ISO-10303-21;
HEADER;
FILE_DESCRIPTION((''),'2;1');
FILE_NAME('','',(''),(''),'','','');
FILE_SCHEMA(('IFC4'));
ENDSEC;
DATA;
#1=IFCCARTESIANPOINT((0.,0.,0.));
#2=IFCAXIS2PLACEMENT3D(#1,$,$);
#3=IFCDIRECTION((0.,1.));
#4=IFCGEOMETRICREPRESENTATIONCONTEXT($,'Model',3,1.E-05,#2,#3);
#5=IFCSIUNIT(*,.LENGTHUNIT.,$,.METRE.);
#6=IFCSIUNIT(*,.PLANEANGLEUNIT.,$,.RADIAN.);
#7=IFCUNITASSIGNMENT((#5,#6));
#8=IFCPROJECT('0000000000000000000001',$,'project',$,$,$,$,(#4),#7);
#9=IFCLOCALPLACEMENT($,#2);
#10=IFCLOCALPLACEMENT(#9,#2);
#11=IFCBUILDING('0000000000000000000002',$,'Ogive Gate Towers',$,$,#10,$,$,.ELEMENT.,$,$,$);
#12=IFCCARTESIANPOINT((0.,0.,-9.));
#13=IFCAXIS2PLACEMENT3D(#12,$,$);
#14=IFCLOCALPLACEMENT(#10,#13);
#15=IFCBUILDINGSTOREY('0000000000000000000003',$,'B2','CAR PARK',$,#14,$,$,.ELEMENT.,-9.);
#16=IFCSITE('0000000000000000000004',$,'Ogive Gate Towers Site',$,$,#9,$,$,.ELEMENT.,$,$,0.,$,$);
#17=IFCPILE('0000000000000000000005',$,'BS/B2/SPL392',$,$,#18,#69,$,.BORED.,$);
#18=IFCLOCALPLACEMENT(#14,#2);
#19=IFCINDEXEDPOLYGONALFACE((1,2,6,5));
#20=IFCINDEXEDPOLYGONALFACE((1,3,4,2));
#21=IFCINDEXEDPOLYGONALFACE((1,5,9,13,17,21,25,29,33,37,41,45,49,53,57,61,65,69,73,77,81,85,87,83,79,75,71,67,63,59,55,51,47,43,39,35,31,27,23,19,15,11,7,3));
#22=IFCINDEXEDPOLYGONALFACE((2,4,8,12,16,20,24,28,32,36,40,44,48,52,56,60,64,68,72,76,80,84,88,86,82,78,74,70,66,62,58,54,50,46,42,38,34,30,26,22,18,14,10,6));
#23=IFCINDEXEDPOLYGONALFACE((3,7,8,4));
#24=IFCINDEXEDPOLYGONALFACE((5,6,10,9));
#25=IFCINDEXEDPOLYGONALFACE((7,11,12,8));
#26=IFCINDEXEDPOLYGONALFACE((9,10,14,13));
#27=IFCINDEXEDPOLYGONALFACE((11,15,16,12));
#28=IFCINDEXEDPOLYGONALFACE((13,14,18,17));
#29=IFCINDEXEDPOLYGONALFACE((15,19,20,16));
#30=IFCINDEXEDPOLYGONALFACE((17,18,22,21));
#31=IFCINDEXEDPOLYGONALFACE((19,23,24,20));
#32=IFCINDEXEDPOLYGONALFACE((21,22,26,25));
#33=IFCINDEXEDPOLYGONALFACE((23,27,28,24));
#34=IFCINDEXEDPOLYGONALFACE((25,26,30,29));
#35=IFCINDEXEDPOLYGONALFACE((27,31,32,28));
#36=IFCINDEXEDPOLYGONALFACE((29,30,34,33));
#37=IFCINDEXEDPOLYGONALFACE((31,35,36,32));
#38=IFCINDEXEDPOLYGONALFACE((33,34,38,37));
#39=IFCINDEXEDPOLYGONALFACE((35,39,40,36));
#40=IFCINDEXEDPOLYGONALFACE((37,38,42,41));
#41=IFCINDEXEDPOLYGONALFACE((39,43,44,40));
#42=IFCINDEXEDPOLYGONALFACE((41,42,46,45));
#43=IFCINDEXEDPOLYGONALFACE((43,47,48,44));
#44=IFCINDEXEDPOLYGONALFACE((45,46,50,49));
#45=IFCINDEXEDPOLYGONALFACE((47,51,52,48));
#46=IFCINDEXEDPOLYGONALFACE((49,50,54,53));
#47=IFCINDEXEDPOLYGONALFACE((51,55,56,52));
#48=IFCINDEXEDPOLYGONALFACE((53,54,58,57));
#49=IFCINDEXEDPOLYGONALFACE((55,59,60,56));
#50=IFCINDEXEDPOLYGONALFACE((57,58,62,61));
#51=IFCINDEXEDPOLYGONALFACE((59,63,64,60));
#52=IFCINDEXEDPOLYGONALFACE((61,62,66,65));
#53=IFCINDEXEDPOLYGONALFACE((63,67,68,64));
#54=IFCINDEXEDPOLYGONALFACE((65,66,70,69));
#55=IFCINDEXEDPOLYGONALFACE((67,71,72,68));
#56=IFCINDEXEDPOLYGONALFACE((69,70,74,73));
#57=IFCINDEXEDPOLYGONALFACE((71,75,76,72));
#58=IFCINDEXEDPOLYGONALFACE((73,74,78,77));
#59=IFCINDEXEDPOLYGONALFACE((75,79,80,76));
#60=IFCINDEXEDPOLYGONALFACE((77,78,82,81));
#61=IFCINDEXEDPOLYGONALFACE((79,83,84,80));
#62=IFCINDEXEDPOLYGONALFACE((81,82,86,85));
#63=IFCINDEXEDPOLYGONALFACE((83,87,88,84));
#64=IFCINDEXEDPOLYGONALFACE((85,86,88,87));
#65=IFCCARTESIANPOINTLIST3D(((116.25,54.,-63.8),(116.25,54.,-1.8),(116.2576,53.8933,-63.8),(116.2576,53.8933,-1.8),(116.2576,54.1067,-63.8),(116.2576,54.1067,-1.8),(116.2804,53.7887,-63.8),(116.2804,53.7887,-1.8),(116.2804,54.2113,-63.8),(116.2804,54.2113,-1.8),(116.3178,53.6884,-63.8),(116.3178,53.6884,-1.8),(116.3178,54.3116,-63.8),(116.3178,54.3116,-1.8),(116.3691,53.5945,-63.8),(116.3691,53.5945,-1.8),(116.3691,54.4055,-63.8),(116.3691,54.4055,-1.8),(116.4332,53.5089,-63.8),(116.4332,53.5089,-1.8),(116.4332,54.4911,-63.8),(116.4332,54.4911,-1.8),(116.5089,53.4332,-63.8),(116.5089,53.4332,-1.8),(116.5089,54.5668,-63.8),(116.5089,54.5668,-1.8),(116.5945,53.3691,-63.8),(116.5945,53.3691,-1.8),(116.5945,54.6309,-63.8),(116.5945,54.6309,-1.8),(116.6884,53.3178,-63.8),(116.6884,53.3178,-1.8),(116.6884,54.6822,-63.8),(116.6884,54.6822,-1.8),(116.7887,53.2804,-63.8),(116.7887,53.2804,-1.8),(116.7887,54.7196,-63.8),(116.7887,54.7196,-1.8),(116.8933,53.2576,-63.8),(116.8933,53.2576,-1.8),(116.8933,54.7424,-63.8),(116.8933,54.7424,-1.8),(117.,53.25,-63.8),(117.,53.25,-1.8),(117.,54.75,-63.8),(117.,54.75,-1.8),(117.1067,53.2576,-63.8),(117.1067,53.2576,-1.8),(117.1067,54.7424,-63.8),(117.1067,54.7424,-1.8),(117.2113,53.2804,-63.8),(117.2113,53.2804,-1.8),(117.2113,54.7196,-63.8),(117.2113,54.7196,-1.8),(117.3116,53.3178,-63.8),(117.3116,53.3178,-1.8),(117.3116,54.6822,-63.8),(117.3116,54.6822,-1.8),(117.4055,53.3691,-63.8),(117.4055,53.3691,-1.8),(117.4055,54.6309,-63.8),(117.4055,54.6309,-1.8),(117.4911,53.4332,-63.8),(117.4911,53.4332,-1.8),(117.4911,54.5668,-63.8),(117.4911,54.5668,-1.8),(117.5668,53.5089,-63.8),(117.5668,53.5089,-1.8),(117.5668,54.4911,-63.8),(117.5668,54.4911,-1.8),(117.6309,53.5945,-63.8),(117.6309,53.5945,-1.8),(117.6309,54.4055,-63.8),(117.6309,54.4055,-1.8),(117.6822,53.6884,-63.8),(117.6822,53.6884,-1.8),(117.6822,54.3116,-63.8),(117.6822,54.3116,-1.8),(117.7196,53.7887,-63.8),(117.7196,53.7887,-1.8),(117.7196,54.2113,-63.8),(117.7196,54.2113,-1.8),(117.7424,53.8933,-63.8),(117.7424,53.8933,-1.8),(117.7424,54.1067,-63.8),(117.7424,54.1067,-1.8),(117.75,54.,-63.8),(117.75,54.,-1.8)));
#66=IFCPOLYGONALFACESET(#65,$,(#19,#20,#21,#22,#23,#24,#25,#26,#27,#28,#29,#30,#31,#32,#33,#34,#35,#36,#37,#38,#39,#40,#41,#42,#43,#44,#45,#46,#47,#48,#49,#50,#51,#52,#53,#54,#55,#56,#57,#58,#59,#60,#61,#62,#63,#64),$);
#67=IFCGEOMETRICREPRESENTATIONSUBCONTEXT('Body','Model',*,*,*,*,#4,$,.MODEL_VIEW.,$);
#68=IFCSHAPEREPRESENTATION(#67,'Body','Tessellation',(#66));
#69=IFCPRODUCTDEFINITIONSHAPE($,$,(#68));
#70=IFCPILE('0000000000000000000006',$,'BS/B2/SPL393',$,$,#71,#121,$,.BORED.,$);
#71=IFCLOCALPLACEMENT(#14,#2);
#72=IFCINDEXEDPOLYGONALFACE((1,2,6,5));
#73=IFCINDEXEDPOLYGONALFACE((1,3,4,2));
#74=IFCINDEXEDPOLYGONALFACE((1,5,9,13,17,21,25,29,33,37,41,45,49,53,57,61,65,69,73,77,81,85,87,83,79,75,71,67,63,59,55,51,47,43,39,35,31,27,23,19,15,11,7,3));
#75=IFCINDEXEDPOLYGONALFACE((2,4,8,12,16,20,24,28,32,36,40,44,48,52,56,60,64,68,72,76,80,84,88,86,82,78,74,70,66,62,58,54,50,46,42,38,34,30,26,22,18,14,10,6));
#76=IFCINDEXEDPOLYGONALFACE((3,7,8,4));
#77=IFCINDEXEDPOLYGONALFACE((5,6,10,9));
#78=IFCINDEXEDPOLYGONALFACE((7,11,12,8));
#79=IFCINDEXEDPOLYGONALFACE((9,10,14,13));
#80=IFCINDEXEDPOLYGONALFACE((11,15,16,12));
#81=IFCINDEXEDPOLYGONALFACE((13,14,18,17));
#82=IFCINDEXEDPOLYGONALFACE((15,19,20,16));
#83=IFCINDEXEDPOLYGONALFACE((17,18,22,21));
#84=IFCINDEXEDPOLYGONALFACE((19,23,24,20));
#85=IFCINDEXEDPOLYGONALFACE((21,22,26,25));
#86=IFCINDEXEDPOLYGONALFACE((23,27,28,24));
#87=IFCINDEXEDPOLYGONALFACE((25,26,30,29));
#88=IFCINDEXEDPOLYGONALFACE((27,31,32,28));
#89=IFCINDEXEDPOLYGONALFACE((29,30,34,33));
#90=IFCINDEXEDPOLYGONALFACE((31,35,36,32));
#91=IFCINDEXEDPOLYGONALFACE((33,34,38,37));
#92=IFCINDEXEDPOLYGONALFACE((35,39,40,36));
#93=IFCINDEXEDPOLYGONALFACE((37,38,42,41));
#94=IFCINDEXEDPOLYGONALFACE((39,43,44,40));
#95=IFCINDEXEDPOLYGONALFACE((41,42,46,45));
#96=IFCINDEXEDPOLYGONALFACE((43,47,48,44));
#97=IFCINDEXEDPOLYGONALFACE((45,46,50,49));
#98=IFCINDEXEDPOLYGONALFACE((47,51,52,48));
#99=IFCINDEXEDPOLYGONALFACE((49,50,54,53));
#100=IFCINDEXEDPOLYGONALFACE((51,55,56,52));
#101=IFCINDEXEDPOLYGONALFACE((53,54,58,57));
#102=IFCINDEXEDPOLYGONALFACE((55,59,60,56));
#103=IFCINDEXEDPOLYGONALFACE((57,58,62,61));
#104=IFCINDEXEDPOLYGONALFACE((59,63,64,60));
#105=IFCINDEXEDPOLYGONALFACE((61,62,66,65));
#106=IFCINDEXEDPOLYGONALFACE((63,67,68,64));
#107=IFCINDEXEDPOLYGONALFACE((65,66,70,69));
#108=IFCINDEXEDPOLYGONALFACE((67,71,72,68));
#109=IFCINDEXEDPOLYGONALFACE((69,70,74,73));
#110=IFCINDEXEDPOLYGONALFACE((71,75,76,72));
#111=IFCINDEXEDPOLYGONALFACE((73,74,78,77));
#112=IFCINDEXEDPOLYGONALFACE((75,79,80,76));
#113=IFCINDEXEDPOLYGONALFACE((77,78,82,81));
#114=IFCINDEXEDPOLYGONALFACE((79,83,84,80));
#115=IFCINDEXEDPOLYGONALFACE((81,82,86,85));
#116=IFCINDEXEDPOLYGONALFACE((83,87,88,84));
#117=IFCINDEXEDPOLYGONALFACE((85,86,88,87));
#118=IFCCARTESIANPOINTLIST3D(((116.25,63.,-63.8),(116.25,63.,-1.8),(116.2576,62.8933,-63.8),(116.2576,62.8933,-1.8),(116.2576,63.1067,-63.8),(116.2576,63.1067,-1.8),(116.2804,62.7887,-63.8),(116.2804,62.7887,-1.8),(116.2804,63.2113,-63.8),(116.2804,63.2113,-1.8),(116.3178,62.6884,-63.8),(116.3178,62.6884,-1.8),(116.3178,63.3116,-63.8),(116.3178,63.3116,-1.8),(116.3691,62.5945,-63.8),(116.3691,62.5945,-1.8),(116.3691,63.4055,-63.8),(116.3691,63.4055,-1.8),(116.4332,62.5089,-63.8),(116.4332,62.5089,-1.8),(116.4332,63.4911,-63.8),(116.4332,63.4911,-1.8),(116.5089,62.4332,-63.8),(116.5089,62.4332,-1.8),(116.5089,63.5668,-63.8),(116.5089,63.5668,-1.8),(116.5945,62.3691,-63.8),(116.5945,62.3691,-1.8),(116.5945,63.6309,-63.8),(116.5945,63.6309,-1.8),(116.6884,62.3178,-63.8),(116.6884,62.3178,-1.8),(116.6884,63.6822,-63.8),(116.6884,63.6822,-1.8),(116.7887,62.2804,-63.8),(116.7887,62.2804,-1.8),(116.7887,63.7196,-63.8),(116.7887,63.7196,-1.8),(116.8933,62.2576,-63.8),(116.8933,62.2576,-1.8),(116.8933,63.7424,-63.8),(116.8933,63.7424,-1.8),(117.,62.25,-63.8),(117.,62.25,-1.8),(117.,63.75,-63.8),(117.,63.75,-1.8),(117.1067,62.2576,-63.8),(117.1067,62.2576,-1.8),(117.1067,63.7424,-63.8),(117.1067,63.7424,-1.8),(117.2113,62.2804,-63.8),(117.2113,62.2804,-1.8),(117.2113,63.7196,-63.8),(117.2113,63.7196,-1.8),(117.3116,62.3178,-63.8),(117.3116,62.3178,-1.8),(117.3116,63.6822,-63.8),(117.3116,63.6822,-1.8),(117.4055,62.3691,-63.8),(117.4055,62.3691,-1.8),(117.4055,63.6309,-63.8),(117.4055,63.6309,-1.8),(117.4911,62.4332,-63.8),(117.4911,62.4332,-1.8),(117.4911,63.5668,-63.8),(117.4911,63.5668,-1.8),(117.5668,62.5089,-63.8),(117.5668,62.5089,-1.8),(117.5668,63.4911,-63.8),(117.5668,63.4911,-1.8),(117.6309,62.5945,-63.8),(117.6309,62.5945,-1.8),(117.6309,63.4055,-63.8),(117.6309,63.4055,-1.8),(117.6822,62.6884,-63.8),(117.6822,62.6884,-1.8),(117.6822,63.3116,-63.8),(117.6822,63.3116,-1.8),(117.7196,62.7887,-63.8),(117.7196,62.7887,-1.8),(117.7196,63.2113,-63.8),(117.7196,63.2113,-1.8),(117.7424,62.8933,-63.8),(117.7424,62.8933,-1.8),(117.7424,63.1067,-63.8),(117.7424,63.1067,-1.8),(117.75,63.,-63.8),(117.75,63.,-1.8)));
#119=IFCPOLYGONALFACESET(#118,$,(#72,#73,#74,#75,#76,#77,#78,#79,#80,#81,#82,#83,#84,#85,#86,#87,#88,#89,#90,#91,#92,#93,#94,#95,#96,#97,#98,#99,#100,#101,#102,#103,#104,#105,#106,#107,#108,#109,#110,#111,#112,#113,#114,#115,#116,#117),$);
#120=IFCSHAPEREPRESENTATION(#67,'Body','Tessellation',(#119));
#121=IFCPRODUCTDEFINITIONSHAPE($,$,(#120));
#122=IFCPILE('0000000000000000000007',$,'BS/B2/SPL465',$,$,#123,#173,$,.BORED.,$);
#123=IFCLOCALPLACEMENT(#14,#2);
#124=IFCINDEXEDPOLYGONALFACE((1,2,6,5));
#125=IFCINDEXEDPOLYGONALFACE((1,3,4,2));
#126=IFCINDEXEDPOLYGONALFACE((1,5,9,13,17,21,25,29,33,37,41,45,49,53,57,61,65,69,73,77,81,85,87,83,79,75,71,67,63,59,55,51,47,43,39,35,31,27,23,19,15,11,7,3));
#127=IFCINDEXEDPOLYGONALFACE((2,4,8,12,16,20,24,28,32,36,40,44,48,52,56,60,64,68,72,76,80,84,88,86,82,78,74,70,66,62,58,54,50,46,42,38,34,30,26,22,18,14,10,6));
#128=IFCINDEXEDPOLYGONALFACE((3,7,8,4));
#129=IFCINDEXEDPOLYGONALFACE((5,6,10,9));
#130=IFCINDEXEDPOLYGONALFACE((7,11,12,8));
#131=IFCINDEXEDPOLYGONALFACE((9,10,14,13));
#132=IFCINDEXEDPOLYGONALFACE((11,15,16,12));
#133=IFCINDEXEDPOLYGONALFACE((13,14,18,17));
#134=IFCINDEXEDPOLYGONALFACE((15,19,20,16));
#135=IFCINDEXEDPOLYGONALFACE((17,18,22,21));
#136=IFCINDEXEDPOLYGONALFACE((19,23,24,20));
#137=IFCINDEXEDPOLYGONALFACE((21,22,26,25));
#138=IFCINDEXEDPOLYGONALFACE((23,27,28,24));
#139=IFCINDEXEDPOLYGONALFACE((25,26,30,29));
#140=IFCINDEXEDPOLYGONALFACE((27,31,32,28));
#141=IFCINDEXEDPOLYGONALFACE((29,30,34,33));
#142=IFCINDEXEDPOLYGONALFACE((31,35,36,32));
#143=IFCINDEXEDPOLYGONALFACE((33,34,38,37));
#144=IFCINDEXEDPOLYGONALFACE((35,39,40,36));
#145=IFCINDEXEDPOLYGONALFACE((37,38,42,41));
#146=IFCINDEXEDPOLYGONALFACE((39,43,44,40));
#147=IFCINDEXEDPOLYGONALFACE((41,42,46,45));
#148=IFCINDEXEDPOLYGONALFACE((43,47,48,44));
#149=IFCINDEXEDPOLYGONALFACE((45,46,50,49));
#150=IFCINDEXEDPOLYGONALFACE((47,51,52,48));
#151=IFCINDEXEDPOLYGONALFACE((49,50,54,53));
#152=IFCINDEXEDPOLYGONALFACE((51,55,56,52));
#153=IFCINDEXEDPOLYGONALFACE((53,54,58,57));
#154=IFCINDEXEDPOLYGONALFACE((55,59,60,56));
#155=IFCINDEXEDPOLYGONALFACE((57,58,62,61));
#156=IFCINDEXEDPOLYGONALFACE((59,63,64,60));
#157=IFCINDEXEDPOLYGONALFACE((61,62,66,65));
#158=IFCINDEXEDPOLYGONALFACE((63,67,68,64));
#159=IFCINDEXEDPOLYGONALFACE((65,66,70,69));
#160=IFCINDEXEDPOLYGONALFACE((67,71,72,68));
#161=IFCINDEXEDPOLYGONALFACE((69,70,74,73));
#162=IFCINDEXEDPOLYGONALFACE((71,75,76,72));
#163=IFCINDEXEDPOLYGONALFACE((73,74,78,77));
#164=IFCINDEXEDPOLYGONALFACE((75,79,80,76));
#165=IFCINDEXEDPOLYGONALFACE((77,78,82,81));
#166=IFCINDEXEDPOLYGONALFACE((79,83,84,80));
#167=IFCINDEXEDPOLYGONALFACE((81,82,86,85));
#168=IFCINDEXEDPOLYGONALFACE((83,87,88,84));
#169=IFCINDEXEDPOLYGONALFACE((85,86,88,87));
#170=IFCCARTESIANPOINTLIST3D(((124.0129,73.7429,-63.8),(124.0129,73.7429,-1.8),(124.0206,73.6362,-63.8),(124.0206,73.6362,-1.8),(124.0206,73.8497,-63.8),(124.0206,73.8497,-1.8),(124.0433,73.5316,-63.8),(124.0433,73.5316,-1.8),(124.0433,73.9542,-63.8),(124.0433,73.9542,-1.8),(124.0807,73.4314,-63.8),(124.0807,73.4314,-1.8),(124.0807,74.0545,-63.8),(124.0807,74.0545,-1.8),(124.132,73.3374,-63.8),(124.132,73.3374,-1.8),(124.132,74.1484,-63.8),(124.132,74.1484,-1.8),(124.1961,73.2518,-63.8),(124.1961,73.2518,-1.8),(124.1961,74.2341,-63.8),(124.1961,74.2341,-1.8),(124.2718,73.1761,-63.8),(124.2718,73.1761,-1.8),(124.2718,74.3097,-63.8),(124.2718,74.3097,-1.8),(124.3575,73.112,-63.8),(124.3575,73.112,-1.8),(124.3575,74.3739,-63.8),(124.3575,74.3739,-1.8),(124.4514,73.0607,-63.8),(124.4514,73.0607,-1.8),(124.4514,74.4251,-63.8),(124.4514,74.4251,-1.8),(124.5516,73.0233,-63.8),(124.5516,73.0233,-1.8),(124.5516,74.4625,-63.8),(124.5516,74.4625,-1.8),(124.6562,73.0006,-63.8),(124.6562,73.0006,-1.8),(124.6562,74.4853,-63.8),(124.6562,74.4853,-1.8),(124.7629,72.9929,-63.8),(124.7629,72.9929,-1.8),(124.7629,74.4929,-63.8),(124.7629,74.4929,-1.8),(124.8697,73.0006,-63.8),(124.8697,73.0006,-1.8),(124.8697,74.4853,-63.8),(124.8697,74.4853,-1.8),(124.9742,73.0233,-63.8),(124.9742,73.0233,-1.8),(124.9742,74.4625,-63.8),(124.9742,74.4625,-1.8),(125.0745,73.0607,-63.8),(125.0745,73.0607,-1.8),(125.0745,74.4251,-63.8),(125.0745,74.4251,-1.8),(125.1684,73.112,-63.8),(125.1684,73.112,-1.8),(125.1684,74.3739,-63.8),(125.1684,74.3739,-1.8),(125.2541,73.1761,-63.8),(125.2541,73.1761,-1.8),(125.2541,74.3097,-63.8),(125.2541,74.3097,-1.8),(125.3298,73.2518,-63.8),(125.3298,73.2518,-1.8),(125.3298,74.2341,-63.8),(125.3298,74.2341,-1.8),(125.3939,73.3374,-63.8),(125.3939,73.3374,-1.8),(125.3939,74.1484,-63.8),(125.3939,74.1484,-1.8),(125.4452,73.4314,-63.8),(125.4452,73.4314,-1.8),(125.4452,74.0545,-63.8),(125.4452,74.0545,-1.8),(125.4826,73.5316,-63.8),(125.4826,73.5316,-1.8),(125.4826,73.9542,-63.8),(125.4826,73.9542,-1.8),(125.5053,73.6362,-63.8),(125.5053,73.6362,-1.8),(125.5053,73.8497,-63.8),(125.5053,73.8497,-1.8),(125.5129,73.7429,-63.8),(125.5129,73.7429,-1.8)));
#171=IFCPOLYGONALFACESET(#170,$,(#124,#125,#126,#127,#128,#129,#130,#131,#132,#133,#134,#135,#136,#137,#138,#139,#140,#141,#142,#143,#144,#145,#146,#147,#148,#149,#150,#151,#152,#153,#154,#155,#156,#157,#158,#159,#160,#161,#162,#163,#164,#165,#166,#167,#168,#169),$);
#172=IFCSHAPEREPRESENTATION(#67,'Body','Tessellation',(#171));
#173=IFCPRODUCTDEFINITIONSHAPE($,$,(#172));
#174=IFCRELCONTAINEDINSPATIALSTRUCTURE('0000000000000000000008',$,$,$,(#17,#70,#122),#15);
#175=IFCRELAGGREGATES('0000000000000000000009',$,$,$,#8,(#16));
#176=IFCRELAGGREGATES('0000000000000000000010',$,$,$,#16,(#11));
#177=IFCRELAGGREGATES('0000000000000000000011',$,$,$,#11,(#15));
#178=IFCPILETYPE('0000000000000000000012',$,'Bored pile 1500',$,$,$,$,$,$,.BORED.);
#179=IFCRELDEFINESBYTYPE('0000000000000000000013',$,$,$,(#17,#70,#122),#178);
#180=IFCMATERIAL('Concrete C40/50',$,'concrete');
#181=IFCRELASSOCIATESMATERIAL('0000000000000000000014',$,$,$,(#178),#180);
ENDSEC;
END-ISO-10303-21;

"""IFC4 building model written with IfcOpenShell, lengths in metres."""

from ifc_helpers import new_model, si_unit, direction, frame, origin, origin_2d, place, context, subcontext, project, spatial, circle, extrude, material, material_profile, profile_set, type_object, element, save


model = new_model("IFC4")

# Units and contexts
model_context = context("Model", 3, precision=1e-05, world=origin(), true_north=direction((0.0, 1.0)))
body_context = subcontext(model_context, "Body", "Model", "MODEL_VIEW")
ifc_project = project(units=[si_unit("LENGTHUNIT", "METRE"), si_unit("PLANEANGLEUNIT", "RADIAN")], contexts=[model_context])

# Site, building, storey
site_placement = place(None, origin())
site = spatial("IfcSite", under=ifc_project, at=site_placement, Name="Ogive Gate Towers Site", CompositionType="ELEMENT", RefElevation=0.0)
building_placement = place(site_placement, origin())
building = spatial("IfcBuilding", under=site, at=building_placement, Name="Ogive Gate Towers", CompositionType="ELEMENT")
storey_placement = place(building_placement, frame((0.0, 0.0, -9.0)))
storey = spatial("IfcBuildingStorey", under=building, at=storey_placement, Name="B2", Description="CAR PARK", CompositionType="ELEMENT", Elevation=-9.0)

# Piles
ifc_material_1 = material(Name="Concrete C40/50", Category="concrete")
ifc_material_profile_1 = material_profile(ifc_material_1, circle(Radius=0.75, at=origin_2d()), Name="BP 1500")
ifc_profile_set_1 = profile_set([ifc_material_profile_1], Name="Concrete C40/50")
pile_type = type_object("IfcPileType", Name="Bored pile 1500", PredefinedType="BORED", material=ifc_profile_set_1)
for number, where, z_axis, x_axis, name in (
    (1, (117.0, 54.0, -1.8), (0.0, 0.0, -1.0), (1.0, 0.0, 0.0), "BS/B2/SPL392"),
    (2, (117.0, 63.0, -1.8), (0.0, 0.0, -1.0), (1.0, 0.0, 0.0), "BS/B2/SPL393"),
    (3, (124.7629, 73.7429, -1.8), (0.0, 0.0, -1.0), (1.0, 0.0, 0.0), "BS/B2/SPL465"),
):
    element("IfcPile", number, at=place(storey_placement, frame(where, z_axis=z_axis, x_axis=x_axis)), inside=storey, type_object=pile_type, Name=name, PredefinedType="BORED", context=body_context, shape_type="SweptSolid", body=[
        extrude(circle(Radius=0.75, at=origin_2d()), origin(), (0.0, 0.0, 1.0), 62.0),
    ])

save(model, "model.ifc")
